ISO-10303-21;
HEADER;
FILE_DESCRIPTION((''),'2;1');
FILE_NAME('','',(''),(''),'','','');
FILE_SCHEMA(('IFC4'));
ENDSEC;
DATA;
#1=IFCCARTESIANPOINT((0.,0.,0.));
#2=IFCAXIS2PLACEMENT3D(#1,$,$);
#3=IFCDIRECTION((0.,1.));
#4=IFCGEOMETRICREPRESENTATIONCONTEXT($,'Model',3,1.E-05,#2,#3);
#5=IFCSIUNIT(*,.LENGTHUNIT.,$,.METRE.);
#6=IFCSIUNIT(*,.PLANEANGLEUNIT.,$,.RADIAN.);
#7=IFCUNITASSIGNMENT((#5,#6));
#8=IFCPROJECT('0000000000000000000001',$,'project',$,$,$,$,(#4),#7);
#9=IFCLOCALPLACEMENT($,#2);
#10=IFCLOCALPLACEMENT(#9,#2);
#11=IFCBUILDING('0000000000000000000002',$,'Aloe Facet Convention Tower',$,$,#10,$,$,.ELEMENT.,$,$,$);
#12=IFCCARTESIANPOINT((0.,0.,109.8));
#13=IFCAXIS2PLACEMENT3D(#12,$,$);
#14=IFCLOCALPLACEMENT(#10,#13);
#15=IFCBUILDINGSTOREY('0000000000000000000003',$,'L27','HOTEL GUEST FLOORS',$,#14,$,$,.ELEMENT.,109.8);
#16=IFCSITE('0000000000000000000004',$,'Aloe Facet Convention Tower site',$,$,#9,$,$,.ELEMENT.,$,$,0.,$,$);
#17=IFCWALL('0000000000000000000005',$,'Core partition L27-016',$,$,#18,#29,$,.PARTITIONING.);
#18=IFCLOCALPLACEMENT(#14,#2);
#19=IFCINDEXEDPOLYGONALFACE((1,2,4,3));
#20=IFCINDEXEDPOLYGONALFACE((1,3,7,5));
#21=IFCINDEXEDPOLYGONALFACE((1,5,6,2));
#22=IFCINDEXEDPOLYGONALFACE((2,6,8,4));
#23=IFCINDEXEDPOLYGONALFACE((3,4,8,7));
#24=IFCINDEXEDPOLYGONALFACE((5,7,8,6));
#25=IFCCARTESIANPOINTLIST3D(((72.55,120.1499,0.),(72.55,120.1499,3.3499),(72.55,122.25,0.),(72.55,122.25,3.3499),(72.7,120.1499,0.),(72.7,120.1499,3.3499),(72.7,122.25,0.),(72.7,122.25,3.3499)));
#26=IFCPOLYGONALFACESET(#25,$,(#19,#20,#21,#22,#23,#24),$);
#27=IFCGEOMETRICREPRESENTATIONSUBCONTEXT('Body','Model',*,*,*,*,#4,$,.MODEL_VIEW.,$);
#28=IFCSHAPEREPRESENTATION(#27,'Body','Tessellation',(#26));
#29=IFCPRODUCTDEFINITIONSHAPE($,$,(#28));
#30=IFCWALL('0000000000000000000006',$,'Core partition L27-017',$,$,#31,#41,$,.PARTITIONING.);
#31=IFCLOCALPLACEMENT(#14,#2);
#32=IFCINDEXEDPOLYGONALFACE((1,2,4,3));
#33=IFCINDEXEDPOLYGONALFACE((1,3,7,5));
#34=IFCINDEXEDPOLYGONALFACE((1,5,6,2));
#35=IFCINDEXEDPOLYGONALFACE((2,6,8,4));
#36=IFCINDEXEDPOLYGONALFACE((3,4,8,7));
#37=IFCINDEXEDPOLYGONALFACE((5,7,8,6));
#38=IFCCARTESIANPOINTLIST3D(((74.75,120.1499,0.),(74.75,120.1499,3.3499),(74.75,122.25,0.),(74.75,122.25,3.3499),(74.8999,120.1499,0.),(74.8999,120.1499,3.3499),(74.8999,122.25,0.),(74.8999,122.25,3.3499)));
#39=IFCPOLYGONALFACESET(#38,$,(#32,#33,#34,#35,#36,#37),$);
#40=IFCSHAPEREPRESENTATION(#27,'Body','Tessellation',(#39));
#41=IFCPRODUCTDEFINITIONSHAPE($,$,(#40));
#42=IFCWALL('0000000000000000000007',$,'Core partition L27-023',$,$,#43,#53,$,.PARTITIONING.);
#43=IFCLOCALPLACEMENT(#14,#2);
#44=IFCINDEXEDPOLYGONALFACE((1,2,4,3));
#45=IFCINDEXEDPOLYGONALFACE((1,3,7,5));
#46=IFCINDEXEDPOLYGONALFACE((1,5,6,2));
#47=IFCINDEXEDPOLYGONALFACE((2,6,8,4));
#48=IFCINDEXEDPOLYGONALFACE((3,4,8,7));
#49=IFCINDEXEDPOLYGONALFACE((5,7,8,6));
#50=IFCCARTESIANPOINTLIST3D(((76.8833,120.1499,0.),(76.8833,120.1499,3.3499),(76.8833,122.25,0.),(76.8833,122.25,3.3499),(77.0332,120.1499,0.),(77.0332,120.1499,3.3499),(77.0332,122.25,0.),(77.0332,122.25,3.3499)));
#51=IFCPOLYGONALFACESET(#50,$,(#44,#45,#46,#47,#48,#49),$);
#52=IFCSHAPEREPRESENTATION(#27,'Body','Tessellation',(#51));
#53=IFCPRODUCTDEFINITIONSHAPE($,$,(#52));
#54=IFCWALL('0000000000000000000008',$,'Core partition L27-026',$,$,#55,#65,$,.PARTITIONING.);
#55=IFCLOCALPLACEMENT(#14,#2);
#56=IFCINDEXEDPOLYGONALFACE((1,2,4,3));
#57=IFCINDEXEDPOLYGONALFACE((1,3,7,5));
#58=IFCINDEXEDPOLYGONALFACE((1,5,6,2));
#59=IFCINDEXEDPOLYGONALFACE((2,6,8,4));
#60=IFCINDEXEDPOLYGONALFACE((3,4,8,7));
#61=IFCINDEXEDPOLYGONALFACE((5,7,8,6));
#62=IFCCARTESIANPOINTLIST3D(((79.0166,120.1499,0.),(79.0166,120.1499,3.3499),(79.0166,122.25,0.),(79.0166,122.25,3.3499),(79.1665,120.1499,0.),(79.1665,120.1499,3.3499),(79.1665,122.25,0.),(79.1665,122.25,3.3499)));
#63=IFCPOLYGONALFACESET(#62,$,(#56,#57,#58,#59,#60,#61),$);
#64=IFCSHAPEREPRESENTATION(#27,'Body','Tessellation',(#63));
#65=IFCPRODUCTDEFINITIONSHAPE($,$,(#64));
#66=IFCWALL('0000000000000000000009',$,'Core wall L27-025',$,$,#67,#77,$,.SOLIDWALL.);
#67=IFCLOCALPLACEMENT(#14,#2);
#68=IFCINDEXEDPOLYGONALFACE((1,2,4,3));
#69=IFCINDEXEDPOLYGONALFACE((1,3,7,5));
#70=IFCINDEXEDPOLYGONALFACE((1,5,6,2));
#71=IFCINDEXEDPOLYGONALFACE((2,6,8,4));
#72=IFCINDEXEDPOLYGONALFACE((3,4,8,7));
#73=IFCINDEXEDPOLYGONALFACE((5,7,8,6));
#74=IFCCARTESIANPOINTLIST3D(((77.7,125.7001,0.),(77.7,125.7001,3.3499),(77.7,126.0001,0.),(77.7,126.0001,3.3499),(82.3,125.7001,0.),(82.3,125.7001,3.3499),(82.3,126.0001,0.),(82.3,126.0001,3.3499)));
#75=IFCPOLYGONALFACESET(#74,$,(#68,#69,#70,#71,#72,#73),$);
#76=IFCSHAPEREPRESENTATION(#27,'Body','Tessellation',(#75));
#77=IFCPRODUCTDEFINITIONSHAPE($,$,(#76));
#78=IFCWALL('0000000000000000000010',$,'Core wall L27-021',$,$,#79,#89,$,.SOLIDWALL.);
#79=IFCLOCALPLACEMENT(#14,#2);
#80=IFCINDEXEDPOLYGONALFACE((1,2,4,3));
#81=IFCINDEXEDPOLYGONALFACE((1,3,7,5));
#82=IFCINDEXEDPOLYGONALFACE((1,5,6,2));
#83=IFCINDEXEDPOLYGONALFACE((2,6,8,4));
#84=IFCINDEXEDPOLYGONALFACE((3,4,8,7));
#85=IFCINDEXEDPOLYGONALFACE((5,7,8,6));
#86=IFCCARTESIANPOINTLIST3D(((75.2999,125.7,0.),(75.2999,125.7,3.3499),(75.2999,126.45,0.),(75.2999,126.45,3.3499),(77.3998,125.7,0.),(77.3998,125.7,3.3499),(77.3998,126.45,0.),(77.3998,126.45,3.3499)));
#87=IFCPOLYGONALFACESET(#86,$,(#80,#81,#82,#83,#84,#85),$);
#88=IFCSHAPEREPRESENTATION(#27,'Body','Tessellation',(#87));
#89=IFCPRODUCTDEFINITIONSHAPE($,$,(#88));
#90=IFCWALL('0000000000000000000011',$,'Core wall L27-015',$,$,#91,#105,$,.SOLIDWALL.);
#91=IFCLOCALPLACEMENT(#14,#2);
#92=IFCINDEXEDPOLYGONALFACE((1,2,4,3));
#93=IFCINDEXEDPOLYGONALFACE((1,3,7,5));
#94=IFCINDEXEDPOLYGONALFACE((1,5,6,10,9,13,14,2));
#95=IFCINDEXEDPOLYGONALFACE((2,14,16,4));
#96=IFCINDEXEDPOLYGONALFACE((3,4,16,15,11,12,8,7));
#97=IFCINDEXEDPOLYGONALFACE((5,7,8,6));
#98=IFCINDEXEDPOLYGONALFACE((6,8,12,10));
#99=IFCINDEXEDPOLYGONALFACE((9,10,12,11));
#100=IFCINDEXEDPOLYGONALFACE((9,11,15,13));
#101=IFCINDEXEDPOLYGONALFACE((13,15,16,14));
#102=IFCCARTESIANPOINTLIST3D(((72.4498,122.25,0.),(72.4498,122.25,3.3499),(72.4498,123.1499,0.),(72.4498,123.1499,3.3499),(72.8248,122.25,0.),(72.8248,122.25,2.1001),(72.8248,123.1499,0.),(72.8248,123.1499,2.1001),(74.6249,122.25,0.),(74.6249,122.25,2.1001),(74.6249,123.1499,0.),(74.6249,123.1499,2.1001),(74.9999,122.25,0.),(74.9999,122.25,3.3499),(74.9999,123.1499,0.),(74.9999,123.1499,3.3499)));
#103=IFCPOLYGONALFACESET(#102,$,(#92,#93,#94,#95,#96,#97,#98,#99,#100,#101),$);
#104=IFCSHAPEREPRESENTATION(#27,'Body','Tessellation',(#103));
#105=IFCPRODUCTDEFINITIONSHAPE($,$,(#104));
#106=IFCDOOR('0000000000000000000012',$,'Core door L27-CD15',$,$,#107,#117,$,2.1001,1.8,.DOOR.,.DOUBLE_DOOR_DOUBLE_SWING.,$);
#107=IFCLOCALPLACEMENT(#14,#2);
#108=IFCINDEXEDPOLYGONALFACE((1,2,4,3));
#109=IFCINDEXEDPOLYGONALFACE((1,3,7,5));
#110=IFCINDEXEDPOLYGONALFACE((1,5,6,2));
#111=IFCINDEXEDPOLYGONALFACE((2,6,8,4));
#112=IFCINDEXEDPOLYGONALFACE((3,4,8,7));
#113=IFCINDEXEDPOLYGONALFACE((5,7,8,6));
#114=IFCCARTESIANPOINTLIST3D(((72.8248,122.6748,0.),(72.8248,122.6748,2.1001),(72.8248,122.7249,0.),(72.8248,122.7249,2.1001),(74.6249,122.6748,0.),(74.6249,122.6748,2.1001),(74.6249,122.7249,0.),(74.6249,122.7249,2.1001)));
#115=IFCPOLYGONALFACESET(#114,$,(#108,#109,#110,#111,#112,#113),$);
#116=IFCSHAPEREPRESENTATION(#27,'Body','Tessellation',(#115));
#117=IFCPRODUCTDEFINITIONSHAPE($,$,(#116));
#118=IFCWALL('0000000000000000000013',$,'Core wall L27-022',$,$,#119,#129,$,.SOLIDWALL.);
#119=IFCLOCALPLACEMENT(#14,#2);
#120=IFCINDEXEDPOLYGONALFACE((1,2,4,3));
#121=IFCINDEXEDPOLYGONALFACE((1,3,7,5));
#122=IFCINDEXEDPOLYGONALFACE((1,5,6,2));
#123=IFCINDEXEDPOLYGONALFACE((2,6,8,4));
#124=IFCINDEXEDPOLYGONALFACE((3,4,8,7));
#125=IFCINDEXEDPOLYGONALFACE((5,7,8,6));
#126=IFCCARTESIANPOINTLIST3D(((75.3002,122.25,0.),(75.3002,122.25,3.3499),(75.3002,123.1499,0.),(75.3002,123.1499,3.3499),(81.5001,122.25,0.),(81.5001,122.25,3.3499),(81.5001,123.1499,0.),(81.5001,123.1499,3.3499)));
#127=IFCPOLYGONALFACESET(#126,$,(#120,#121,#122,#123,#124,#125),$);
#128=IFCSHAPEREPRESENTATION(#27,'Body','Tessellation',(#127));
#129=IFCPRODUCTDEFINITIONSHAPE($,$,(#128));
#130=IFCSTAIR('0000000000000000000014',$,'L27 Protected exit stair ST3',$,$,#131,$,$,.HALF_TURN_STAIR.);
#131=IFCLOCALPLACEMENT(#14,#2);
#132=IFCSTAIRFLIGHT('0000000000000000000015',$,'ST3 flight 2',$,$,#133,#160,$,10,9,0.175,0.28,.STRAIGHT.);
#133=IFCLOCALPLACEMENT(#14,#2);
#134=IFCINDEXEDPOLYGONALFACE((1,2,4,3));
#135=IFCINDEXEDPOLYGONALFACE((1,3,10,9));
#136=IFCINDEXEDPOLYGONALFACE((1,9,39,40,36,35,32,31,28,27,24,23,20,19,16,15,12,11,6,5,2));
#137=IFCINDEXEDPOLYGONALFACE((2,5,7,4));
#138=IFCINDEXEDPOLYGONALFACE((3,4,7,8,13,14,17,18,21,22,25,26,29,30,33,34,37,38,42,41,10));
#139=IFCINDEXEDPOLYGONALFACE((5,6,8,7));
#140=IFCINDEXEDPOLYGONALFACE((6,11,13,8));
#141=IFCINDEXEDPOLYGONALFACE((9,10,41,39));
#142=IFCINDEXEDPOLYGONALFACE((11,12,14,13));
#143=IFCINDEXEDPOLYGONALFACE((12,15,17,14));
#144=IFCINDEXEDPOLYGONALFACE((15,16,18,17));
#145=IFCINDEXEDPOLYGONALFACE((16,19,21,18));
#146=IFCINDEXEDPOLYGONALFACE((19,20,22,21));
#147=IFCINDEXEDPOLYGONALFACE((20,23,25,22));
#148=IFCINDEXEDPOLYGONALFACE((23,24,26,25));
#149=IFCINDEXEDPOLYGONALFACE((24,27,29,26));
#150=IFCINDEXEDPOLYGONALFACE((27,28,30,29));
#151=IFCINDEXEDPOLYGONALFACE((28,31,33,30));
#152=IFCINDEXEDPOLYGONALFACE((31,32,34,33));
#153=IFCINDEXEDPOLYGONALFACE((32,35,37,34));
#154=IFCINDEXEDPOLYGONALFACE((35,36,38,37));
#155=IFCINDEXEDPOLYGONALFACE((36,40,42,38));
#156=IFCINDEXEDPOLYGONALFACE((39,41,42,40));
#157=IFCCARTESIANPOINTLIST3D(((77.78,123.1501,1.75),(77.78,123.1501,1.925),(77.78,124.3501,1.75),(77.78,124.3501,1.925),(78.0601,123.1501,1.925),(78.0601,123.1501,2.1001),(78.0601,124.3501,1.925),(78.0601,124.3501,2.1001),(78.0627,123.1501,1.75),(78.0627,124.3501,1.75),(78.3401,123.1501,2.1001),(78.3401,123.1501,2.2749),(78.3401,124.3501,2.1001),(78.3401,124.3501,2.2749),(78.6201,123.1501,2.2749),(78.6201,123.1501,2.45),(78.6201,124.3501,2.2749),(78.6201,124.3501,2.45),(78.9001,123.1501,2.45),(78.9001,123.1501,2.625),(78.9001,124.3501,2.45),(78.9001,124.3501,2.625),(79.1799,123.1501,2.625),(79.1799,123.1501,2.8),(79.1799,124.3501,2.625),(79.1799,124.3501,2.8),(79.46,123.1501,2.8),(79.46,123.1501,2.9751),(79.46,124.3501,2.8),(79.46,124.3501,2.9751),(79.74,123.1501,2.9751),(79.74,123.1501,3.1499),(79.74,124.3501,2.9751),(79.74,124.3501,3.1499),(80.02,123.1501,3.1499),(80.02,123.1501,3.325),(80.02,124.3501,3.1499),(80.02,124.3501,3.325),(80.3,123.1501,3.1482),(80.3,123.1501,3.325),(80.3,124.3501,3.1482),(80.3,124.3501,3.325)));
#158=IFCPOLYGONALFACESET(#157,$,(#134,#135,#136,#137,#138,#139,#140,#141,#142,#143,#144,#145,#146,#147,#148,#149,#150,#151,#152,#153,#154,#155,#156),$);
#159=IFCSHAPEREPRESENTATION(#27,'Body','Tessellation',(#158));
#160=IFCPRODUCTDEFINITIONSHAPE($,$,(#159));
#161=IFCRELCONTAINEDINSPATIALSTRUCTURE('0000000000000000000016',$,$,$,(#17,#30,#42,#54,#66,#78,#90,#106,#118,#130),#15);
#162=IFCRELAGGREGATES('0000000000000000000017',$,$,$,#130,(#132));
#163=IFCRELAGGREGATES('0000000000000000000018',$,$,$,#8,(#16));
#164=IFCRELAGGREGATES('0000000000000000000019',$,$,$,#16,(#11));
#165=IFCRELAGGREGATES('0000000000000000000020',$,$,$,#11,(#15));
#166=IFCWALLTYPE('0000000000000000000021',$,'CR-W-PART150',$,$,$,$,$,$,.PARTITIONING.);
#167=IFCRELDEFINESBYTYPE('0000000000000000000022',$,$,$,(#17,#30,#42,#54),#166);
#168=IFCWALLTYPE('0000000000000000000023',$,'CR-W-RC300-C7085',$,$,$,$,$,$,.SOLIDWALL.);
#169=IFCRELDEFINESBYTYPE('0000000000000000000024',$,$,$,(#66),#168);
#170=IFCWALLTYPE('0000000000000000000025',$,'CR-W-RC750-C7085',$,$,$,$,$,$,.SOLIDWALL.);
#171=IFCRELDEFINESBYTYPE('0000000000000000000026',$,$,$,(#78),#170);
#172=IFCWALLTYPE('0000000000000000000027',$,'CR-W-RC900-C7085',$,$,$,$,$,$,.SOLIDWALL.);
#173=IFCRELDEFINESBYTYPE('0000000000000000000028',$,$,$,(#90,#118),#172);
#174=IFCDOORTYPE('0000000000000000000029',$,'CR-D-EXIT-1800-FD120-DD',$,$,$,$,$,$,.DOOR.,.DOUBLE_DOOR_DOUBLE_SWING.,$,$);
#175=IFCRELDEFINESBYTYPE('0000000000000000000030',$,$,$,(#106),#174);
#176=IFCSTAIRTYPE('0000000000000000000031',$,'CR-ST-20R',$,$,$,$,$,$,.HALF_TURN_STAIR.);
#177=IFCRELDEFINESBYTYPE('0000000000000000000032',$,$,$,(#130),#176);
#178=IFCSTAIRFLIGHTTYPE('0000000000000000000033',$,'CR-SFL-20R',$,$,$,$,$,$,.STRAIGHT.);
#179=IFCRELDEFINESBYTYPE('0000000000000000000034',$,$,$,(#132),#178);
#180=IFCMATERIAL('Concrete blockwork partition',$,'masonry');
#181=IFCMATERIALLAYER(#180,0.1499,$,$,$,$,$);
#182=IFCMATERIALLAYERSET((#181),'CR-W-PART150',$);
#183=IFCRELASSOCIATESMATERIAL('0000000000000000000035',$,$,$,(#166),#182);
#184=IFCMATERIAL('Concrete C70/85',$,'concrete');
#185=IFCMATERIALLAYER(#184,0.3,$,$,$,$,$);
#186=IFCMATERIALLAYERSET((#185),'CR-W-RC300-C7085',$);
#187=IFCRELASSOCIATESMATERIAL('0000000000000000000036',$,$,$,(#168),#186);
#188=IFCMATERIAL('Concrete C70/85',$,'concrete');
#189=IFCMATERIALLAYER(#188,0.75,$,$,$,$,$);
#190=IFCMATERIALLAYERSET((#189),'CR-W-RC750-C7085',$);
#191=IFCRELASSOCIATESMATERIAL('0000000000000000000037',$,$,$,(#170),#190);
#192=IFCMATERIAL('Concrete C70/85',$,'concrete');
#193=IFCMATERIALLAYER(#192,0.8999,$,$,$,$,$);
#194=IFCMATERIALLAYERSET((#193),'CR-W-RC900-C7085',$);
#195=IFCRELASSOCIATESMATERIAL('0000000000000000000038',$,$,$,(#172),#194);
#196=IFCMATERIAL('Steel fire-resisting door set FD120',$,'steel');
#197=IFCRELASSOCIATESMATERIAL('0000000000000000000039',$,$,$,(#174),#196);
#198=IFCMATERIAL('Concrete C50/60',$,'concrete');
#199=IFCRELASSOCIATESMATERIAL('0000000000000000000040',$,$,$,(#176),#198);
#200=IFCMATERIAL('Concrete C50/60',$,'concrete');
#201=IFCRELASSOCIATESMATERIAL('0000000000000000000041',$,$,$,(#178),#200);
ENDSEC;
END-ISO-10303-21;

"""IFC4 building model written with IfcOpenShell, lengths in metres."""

from ifc_helpers import new_model, si_unit, direction, frame, frame_2d, origin, place, context, subcontext, project, spatial, polyline, rectangle, outline, extrude, material, layer, layer_set, type_object, element, fill, aggregate, save


model = new_model("IFC4")

# Units and contexts
model_context = context("Model", 3, precision=1e-05, world=origin(), true_north=direction((0.0, 1.0)))
body_context = subcontext(model_context, "Body", "Model", "MODEL_VIEW")
ifc_project = project(units=[si_unit("LENGTHUNIT", "METRE"), si_unit("PLANEANGLEUNIT", "RADIAN")], contexts=[model_context])

# Site, building, storey
site_placement = place(None, origin())
site = spatial("IfcSite", under=ifc_project, at=site_placement, Name="Aloe Facet Convention Tower site", CompositionType="ELEMENT", RefElevation=0.0)
building_placement = place(site_placement, origin())
building = spatial("IfcBuilding", under=site, at=building_placement, Name="Aloe Facet Convention Tower", CompositionType="ELEMENT")
storey_placement = place(building_placement, frame((0.0, 0.0, 109.8)))
storey = spatial("IfcBuildingStorey", under=building, at=storey_placement, Name="L27", Description="HOTEL GUEST FLOORS", CompositionType="ELEMENT", Elevation=109.8)

# Walls
ifc_material_1 = material(Name="Concrete blockwork partition", Category="masonry")
ifc_layer_1 = layer(ifc_material_1, 0.1499)
ifc_layer_set_1 = layer_set([ifc_layer_1], Name="CR-W-PART150")
wall_type_1 = type_object("IfcWallType", Name="CR-W-PART150", PredefinedType="PARTITIONING", material=ifc_layer_set_1)
for number, where, z_axis, x_axis, name in (
    (1, (72.625, 122.25, 0.0), (0.0, 0.0, 1.0), (0.0, -1.0, 0.0), "Core partition L27-016"),
    (2, (74.825, 122.25, 0.0), (0.0, 0.0, 1.0), (0.0, -1.0, 0.0), "Core partition L27-017"),
    (3, (76.9583, 122.25, 0.0), (0.0, 0.0, 1.0), (0.0, -1.0, 0.0), "Core partition L27-023"),
    (4, (79.0916, 122.25, 0.0), (0.0, 0.0, 1.0), (0.0, -1.0, 0.0), "Core partition L27-026"),
):
    element("IfcWall", number, at=place(storey_placement, frame(where, z_axis=z_axis, x_axis=x_axis)), inside=storey, type_object=wall_type_1, Name=name, PredefinedType="PARTITIONING", context=body_context, shape_type="SweptSolid", body=[
        extrude(rectangle(XDim=2.1001, YDim=0.1499, at=frame_2d((1.05, 0.0))), origin(), (0.0, 0.0, 1.0), 3.3499),
    ])
ifc_material_2 = material(Name="Concrete C70/85", Category="concrete")
ifc_layer_2 = layer(ifc_material_2, 0.3)
ifc_layer_set_2 = layer_set([ifc_layer_2], Name="CR-W-RC300-C7085")
wall_type_2 = type_object("IfcWallType", Name="CR-W-RC300-C7085", PredefinedType="SOLIDWALL", material=ifc_layer_set_2)
wall_1_placement = place(storey_placement, frame((77.7, 125.8501, 0.0), z_axis=(0.0, 0.0, 1.0), x_axis=(1.0, 0.0, 0.0)))
element("IfcWall", 5, at=wall_1_placement, inside=storey, type_object=wall_type_2, Name="Core wall L27-025", PredefinedType="SOLIDWALL", context=body_context, shape_type="SweptSolid", body=[
    extrude(rectangle(XDim=4.6001, YDim=0.3, at=frame_2d((2.3, 0.0))), origin(), (0.0, 0.0, 1.0), 3.3499),
])
ifc_material_3 = material(Name="Concrete C70/85", Category="concrete")
ifc_layer_3 = layer(ifc_material_3, 0.75)
ifc_layer_set_3 = layer_set([ifc_layer_3], Name="CR-W-RC750-C7085")
wall_type_3 = type_object("IfcWallType", Name="CR-W-RC750-C7085", PredefinedType="SOLIDWALL", material=ifc_layer_set_3)
wall_2_placement = place(storey_placement, frame((75.3, 126.075, 0.0), z_axis=(0.0, 0.0, 1.0), x_axis=(1.0, 0.0, 0.0)))
element("IfcWall", 6, at=wall_2_placement, inside=storey, type_object=wall_type_3, Name="Core wall L27-021", PredefinedType="SOLIDWALL", context=body_context, shape_type="SweptSolid", body=[
    extrude(rectangle(XDim=2.0999, YDim=0.75, at=frame_2d((1.0498, 0.0))), origin(), (0.0, 0.0, 1.0), 3.3499),
])

# Wall, opening, door
ifc_material_4 = material(Name="Concrete C70/85", Category="concrete")
ifc_layer_4 = layer(ifc_material_4, 0.8999)
ifc_layer_set_4 = layer_set([ifc_layer_4], Name="CR-W-RC900-C7085")
wall_type_4 = type_object("IfcWallType", Name="CR-W-RC900-C7085", PredefinedType="SOLIDWALL", material=ifc_layer_set_4)
wall_3_placement = place(storey_placement, frame((72.45, 122.7, 0.0), z_axis=(0.0, 0.0, 1.0), x_axis=(1.0, 0.0, 0.0)))
wall_3 = element("IfcWall", 7, at=wall_3_placement, inside=storey, type_object=wall_type_4, Name="Core wall L27-015", PredefinedType="SOLIDWALL", context=body_context, shape_type="SweptSolid", body=[
    extrude(rectangle(XDim=2.55, YDim=0.8999, at=frame_2d((1.2749, 0.0))), origin(), (0.0, 0.0, 1.0), 3.3499),
])
opening_placement = place(wall_3_placement, frame((0.375, 0.0, 0.0)))
opening = element("IfcOpeningElement", 8, at=opening_placement, cuts=wall_3, PredefinedType="OPENING", context=body_context, shape_type="SweptSolid", body=[
    extrude(rectangle(XDim=1.8, YDim=2.1001, at=frame_2d((0.8999, 1.05))), frame((0.0, 0.46, 0.0), z_axis=(0.0, -1.0, 0.0), x_axis=(1.0, 0.0, 0.0)), (0.0, 0.0, 1.0), 0.9199),
])
ifc_material_5 = material(Name="Steel fire-resisting door set FD120", Category="steel")
door_type = type_object("IfcDoorType", Name="CR-D-EXIT-1800-FD120-DD", OperationType="DOUBLE_DOOR_DOUBLE_SWING", PredefinedType="DOOR", material=ifc_material_5)
door_placement = place(opening_placement, origin())
door = element("IfcDoor", 9, at=door_placement, inside=storey, type_object=door_type, Name="Core door L27-CD15", OperationType="DOUBLE_DOOR_DOUBLE_SWING", OverallHeight=2.1001, OverallWidth=1.8, PredefinedType="DOOR", context=body_context, shape_type="SweptSolid", body=[
    extrude(rectangle(XDim=1.8, YDim=2.1001, at=frame_2d((0.8999, 1.05))), frame((0.0, 0.0249, 0.0), z_axis=(0.0, -1.0, 0.0), x_axis=(1.0, 0.0, 0.0)), (0.0, 0.0, 1.0), 0.05),
])
fill(opening, door)

# Wall
wall_4_placement = place(storey_placement, frame((75.3, 122.7, 0.0), z_axis=(0.0, 0.0, 1.0), x_axis=(1.0, 0.0, 0.0)))
element("IfcWall", 10, at=wall_4_placement, inside=storey, type_object=wall_type_4, Name="Core wall L27-022", PredefinedType="SOLIDWALL", context=body_context, shape_type="SweptSolid", body=[
    extrude(rectangle(XDim=6.2, YDim=0.8999, at=frame_2d((3.1001, 0.0))), origin(), (0.0, 0.0, 1.0), 3.3499),
])

# Stair, stair flight
ifc_material_6 = material(Name="Concrete C50/60", Category="concrete")
stair_type = type_object("IfcStairType", Name="CR-ST-20R", PredefinedType="HALF_TURN_STAIR", material=ifc_material_6)
stair_placement = place(storey_placement, origin())
stair = element("IfcStair", 11, at=stair_placement, inside=storey, type_object=stair_type, Name="L27 Protected exit stair ST3", PredefinedType="HALF_TURN_STAIR")
ifc_material_7 = material(Name="Concrete C50/60", Category="concrete")
stair_flight_type = type_object("IfcStairFlightType", Name="CR-SFL-20R", PredefinedType="STRAIGHT", material=ifc_material_7)
stair_flight_placement = place(storey_placement, frame((77.78, 123.75, 1.75), z_axis=(0.0, 0.0, 1.0), x_axis=(1.0, 0.0, 0.0)))
stair_flight = element("IfcStairFlight", 12, at=stair_flight_placement, type_object=stair_flight_type, Name="ST3 flight 2", NumberOfRisers=10, NumberOfTreads=9, PredefinedType="STRAIGHT", RiserHeight=0.175, TreadLength=0.28, context=body_context, shape_type="SweptSolid", body=[
    extrude(outline(polyline([(0.0, 0.0), (0.0, 0.175), (0.28, 0.175), (0.28, 0.3501), (0.5601, 0.3501), (0.5601, 0.5249), (0.8401, 0.5249), (0.8401, 0.7), (1.1201, 0.7), (1.1201, 0.875), (1.3999, 0.875), (1.3999, 1.05), (1.6799, 1.05), (1.6799, 1.2251), (1.96, 1.2251), (1.96, 1.3999), (2.24, 1.3999), (2.24, 1.575), (2.52, 1.575), (2.52, 1.75), (2.52, 1.3982), (0.2827, 0.0), (0.0, 0.0)])), frame((0.0, 0.6001, 0.0), z_axis=(0.0, -1.0, 0.0), x_axis=(1.0, 0.0, 0.0)), (0.0, 0.0, 1.0), 1.2),
])
aggregate(stair, [stair_flight])

save(model, "model.ifc")
